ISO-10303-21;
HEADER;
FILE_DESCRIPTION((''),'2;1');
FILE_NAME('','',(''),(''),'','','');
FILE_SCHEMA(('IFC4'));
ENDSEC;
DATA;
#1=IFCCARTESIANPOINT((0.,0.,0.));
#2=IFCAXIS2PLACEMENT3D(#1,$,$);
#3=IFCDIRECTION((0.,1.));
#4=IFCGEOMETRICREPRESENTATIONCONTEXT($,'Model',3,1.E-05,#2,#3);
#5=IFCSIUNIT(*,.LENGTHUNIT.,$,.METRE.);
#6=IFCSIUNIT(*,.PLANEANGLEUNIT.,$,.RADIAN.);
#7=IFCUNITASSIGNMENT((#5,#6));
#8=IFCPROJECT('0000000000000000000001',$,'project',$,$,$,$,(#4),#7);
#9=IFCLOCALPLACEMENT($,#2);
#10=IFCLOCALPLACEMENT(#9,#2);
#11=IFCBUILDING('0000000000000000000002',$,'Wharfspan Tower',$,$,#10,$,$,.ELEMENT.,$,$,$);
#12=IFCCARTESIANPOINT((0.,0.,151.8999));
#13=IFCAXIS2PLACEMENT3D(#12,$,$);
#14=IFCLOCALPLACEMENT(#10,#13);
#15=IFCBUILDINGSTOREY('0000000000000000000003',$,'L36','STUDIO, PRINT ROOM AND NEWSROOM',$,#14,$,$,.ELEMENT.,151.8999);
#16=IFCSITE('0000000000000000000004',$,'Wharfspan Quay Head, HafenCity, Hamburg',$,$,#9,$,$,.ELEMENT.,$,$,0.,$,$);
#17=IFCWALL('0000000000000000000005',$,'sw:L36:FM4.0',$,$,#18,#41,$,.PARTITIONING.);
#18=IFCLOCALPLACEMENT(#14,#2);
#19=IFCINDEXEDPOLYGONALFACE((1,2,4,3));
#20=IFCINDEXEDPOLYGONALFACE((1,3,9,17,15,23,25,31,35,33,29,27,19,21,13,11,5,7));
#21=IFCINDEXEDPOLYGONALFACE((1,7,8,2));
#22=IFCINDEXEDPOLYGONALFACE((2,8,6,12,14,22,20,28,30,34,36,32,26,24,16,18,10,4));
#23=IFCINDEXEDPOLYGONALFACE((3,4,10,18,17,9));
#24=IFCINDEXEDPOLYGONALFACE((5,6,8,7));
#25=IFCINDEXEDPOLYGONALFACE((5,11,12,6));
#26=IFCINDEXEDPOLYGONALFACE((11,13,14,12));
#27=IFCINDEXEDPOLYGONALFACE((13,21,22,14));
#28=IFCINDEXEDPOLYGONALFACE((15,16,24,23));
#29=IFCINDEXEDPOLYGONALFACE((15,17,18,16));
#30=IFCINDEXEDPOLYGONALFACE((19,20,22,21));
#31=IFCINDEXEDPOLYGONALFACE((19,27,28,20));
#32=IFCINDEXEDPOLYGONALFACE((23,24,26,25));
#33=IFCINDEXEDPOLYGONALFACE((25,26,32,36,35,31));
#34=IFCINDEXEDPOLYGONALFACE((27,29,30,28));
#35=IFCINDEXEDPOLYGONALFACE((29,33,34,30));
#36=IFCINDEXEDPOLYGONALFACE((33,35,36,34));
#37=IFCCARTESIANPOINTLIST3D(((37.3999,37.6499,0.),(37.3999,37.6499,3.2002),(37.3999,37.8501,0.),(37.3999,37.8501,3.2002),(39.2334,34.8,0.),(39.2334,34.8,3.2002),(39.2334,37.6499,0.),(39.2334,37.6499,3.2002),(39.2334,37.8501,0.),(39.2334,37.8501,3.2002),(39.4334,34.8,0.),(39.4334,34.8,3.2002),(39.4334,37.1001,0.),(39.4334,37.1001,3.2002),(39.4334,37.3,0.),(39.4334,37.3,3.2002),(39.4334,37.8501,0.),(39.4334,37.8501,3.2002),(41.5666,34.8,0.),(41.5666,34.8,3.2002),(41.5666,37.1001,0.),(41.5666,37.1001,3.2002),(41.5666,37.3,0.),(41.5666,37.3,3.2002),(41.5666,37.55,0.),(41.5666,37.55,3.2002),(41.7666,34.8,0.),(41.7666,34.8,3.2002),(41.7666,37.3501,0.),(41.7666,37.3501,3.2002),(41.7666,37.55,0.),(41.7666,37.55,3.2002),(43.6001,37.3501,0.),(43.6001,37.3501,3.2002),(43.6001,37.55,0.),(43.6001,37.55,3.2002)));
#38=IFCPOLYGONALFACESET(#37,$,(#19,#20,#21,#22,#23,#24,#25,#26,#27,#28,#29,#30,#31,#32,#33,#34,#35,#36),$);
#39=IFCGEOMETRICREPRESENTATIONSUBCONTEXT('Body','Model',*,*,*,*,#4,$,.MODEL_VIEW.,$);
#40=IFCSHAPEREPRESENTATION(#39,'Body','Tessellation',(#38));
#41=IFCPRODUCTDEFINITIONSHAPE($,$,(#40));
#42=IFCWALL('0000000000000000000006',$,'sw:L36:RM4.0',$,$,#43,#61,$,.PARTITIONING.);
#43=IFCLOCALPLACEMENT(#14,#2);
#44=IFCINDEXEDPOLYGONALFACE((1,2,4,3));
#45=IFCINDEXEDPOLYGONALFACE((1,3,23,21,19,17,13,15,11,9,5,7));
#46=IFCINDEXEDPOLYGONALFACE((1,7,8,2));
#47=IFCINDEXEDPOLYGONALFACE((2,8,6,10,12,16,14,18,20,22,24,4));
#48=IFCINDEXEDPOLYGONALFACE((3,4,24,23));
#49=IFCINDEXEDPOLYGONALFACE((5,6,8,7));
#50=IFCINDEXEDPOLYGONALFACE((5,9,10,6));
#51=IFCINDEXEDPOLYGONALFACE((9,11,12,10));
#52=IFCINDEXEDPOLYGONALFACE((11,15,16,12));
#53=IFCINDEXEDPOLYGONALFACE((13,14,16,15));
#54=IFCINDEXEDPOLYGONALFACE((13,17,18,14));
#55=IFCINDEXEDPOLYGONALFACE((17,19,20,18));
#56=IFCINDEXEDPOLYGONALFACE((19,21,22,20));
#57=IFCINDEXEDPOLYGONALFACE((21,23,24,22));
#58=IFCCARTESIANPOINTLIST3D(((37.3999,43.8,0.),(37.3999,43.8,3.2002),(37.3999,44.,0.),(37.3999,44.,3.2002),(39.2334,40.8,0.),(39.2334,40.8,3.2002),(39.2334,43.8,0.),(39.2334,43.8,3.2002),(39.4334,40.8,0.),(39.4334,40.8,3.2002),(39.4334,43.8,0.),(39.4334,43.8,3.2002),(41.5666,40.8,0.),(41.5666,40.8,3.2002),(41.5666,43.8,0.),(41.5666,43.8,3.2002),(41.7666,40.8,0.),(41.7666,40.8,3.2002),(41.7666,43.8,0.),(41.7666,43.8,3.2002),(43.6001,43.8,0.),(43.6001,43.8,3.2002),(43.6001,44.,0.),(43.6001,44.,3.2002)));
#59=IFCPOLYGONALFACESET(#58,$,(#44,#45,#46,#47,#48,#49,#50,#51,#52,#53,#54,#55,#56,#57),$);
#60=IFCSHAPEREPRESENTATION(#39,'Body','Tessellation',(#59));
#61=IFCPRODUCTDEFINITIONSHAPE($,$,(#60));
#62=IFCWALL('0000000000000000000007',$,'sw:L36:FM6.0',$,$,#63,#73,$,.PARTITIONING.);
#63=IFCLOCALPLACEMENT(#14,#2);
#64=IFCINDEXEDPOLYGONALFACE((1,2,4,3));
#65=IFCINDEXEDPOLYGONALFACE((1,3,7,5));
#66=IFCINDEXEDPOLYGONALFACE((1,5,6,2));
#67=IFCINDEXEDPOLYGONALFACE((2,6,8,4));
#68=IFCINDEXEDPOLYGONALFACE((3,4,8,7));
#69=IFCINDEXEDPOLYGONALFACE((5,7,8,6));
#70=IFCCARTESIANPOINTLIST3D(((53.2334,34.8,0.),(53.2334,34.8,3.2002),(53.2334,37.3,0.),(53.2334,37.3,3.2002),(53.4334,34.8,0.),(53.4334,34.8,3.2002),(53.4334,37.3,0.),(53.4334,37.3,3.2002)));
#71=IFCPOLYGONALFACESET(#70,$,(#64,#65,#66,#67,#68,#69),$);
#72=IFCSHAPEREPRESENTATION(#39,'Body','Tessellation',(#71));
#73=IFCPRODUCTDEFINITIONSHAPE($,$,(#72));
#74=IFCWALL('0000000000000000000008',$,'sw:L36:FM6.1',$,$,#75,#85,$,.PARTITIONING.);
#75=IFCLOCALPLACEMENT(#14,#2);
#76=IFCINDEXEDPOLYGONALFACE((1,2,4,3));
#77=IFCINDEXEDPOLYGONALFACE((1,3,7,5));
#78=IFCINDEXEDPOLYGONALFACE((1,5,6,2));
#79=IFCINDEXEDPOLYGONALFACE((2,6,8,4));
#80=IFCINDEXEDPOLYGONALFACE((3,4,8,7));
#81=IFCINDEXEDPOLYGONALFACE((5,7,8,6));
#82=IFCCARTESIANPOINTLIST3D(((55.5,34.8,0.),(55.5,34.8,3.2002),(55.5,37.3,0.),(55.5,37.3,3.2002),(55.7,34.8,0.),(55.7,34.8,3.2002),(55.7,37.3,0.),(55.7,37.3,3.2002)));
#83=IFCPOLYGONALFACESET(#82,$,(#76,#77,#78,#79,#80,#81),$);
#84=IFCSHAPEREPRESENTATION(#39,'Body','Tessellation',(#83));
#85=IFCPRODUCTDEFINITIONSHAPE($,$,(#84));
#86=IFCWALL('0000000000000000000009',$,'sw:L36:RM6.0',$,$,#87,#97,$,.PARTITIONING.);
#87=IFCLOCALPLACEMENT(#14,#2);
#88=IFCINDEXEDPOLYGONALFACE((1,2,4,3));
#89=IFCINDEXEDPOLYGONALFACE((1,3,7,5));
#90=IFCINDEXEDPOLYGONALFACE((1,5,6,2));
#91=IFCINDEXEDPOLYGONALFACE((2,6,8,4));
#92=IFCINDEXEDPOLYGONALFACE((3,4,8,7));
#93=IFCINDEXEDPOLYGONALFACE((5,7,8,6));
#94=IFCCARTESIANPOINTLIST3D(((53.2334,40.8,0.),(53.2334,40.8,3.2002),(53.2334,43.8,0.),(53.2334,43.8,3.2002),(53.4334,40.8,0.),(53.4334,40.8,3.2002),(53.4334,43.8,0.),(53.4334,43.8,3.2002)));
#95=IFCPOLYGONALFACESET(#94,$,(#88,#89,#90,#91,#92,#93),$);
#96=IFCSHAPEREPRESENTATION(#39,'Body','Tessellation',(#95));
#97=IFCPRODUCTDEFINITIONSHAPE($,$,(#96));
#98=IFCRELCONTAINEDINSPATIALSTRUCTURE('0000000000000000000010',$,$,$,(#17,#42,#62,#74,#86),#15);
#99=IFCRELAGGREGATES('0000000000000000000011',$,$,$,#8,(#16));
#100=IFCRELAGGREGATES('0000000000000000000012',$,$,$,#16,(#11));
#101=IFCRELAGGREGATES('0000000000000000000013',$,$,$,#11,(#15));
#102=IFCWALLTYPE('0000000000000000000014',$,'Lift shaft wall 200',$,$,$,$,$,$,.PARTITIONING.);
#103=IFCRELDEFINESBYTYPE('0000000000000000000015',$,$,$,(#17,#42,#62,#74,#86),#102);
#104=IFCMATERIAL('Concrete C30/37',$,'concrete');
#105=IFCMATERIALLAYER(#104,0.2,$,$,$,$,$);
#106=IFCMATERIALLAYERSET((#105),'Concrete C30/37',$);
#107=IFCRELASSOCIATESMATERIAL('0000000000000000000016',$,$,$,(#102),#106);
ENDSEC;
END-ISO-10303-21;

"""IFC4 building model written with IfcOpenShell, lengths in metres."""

from ifc_helpers import new_model, si_unit, direction, frame, origin, place, context, subcontext, project, spatial, polyline, outline, extrude, material, layer, layer_set, type_object, element, save


model = new_model("IFC4")

# Units and contexts
model_context = context("Model", 3, precision=1e-05, world=origin(), true_north=direction((0.0, 1.0)))
body_context = subcontext(model_context, "Body", "Model", "MODEL_VIEW")
ifc_project = project(units=[si_unit("LENGTHUNIT", "METRE"), si_unit("PLANEANGLEUNIT", "RADIAN")], contexts=[model_context])

# Site, building, storey
site_placement = place(None, origin())
site = spatial("IfcSite", under=ifc_project, at=site_placement, Name="Wharfspan Quay Head, HafenCity, Hamburg", CompositionType="ELEMENT", RefElevation=0.0)
building_placement = place(site_placement, origin())
building = spatial("IfcBuilding", under=site, at=building_placement, Name="Wharfspan Tower", CompositionType="ELEMENT")
storey_placement = place(building_placement, frame((0.0, 0.0, 151.8999)))
storey = spatial("IfcBuildingStorey", under=building, at=storey_placement, Name="L36", Description="STUDIO, PRINT ROOM AND NEWSROOM", CompositionType="ELEMENT", Elevation=151.8999)

# Walls
ifc_material_1 = material(Name="Concrete C30/37", Category="concrete")
ifc_layer_1 = layer(ifc_material_1, 0.2)
ifc_layer_set_1 = layer_set([ifc_layer_1], Name="Concrete C30/37")
wall_type_1 = type_object("IfcWallType", Name="Lift shaft wall 200", PredefinedType="PARTITIONING", material=ifc_layer_set_1)
wall_1_placement = place(storey_placement, origin())
element("IfcWall", 1, at=wall_1_placement, inside=storey, type_object=wall_type_1, Name="sw:L36:FM4.0", PredefinedType="PARTITIONING", context=body_context, shape_type="SweptSolid", body=[
    extrude(outline(polyline([(41.5667, 37.1001), (39.4333, 37.1001), (39.4333, 34.8), (39.2334, 34.8), (39.2334, 37.6499), (37.3999, 37.6499), (37.3999, 37.8501), (39.2334, 37.8501), (39.4333, 37.8501), (39.4333, 37.3), (41.5667, 37.3), (41.5667, 37.55), (41.7666, 37.55), (43.6001, 37.55), (43.6001, 37.3501), (41.7666, 37.3501), (41.7666, 34.8), (41.5667, 34.8), (41.5667, 37.1001)])), origin(), (0.0, 0.0, 1.0), 3.2002),
])
wall_2_placement = place(storey_placement, origin())
element("IfcWall", 2, at=wall_2_placement, inside=storey, type_object=wall_type_1, Name="sw:L36:RM4.0", PredefinedType="PARTITIONING", context=body_context, shape_type="SweptSolid", body=[
    extrude(outline(polyline([(39.4333, 40.8), (39.2334, 40.8), (39.2334, 43.8), (37.3999, 43.8), (37.3999, 44.0), (43.6001, 44.0), (43.6001, 43.8), (41.7666, 43.8), (41.7666, 40.8), (41.5667, 40.8), (41.5667, 43.8), (39.4333, 43.8), (39.4333, 40.8)])), origin(), (0.0, 0.0, 1.0), 3.2002),
])
wall_3_placement = place(storey_placement, origin())
element("IfcWall", 3, at=wall_3_placement, inside=storey, type_object=wall_type_1, Name="sw:L36:FM6.0", PredefinedType="PARTITIONING", context=body_context, shape_type="SweptSolid", body=[
    extrude(outline(polyline([(53.2334, 34.8), (53.2334, 37.3), (53.4333, 37.3), (53.4333, 34.8), (53.2334, 34.8)])), origin(), (0.0, 0.0, 1.0), 3.2002),
])
wall_4_placement = place(storey_placement, origin())
element("IfcWall", 4, at=wall_4_placement, inside=storey, type_object=wall_type_1, Name="sw:L36:FM6.1", PredefinedType="PARTITIONING", context=body_context, shape_type="SweptSolid", body=[
    extrude(outline(polyline([(55.5, 34.8), (55.5, 37.3), (55.7, 37.3), (55.7, 34.8), (55.5, 34.8)])), origin(), (0.0, 0.0, 1.0), 3.2002),
])
wall_5_placement = place(storey_placement, origin())
element("IfcWall", 5, at=wall_5_placement, inside=storey, type_object=wall_type_1, Name="sw:L36:RM6.0", PredefinedType="PARTITIONING", context=body_context, shape_type="SweptSolid", body=[
    extrude(outline(polyline([(53.4333, 40.8), (53.4333, 43.8), (53.2334, 43.8), (53.2334, 40.8), (53.4333, 40.8)])), origin(), (0.0, 0.0, 1.0), 3.2002),
])

save(model, "model.ifc")
